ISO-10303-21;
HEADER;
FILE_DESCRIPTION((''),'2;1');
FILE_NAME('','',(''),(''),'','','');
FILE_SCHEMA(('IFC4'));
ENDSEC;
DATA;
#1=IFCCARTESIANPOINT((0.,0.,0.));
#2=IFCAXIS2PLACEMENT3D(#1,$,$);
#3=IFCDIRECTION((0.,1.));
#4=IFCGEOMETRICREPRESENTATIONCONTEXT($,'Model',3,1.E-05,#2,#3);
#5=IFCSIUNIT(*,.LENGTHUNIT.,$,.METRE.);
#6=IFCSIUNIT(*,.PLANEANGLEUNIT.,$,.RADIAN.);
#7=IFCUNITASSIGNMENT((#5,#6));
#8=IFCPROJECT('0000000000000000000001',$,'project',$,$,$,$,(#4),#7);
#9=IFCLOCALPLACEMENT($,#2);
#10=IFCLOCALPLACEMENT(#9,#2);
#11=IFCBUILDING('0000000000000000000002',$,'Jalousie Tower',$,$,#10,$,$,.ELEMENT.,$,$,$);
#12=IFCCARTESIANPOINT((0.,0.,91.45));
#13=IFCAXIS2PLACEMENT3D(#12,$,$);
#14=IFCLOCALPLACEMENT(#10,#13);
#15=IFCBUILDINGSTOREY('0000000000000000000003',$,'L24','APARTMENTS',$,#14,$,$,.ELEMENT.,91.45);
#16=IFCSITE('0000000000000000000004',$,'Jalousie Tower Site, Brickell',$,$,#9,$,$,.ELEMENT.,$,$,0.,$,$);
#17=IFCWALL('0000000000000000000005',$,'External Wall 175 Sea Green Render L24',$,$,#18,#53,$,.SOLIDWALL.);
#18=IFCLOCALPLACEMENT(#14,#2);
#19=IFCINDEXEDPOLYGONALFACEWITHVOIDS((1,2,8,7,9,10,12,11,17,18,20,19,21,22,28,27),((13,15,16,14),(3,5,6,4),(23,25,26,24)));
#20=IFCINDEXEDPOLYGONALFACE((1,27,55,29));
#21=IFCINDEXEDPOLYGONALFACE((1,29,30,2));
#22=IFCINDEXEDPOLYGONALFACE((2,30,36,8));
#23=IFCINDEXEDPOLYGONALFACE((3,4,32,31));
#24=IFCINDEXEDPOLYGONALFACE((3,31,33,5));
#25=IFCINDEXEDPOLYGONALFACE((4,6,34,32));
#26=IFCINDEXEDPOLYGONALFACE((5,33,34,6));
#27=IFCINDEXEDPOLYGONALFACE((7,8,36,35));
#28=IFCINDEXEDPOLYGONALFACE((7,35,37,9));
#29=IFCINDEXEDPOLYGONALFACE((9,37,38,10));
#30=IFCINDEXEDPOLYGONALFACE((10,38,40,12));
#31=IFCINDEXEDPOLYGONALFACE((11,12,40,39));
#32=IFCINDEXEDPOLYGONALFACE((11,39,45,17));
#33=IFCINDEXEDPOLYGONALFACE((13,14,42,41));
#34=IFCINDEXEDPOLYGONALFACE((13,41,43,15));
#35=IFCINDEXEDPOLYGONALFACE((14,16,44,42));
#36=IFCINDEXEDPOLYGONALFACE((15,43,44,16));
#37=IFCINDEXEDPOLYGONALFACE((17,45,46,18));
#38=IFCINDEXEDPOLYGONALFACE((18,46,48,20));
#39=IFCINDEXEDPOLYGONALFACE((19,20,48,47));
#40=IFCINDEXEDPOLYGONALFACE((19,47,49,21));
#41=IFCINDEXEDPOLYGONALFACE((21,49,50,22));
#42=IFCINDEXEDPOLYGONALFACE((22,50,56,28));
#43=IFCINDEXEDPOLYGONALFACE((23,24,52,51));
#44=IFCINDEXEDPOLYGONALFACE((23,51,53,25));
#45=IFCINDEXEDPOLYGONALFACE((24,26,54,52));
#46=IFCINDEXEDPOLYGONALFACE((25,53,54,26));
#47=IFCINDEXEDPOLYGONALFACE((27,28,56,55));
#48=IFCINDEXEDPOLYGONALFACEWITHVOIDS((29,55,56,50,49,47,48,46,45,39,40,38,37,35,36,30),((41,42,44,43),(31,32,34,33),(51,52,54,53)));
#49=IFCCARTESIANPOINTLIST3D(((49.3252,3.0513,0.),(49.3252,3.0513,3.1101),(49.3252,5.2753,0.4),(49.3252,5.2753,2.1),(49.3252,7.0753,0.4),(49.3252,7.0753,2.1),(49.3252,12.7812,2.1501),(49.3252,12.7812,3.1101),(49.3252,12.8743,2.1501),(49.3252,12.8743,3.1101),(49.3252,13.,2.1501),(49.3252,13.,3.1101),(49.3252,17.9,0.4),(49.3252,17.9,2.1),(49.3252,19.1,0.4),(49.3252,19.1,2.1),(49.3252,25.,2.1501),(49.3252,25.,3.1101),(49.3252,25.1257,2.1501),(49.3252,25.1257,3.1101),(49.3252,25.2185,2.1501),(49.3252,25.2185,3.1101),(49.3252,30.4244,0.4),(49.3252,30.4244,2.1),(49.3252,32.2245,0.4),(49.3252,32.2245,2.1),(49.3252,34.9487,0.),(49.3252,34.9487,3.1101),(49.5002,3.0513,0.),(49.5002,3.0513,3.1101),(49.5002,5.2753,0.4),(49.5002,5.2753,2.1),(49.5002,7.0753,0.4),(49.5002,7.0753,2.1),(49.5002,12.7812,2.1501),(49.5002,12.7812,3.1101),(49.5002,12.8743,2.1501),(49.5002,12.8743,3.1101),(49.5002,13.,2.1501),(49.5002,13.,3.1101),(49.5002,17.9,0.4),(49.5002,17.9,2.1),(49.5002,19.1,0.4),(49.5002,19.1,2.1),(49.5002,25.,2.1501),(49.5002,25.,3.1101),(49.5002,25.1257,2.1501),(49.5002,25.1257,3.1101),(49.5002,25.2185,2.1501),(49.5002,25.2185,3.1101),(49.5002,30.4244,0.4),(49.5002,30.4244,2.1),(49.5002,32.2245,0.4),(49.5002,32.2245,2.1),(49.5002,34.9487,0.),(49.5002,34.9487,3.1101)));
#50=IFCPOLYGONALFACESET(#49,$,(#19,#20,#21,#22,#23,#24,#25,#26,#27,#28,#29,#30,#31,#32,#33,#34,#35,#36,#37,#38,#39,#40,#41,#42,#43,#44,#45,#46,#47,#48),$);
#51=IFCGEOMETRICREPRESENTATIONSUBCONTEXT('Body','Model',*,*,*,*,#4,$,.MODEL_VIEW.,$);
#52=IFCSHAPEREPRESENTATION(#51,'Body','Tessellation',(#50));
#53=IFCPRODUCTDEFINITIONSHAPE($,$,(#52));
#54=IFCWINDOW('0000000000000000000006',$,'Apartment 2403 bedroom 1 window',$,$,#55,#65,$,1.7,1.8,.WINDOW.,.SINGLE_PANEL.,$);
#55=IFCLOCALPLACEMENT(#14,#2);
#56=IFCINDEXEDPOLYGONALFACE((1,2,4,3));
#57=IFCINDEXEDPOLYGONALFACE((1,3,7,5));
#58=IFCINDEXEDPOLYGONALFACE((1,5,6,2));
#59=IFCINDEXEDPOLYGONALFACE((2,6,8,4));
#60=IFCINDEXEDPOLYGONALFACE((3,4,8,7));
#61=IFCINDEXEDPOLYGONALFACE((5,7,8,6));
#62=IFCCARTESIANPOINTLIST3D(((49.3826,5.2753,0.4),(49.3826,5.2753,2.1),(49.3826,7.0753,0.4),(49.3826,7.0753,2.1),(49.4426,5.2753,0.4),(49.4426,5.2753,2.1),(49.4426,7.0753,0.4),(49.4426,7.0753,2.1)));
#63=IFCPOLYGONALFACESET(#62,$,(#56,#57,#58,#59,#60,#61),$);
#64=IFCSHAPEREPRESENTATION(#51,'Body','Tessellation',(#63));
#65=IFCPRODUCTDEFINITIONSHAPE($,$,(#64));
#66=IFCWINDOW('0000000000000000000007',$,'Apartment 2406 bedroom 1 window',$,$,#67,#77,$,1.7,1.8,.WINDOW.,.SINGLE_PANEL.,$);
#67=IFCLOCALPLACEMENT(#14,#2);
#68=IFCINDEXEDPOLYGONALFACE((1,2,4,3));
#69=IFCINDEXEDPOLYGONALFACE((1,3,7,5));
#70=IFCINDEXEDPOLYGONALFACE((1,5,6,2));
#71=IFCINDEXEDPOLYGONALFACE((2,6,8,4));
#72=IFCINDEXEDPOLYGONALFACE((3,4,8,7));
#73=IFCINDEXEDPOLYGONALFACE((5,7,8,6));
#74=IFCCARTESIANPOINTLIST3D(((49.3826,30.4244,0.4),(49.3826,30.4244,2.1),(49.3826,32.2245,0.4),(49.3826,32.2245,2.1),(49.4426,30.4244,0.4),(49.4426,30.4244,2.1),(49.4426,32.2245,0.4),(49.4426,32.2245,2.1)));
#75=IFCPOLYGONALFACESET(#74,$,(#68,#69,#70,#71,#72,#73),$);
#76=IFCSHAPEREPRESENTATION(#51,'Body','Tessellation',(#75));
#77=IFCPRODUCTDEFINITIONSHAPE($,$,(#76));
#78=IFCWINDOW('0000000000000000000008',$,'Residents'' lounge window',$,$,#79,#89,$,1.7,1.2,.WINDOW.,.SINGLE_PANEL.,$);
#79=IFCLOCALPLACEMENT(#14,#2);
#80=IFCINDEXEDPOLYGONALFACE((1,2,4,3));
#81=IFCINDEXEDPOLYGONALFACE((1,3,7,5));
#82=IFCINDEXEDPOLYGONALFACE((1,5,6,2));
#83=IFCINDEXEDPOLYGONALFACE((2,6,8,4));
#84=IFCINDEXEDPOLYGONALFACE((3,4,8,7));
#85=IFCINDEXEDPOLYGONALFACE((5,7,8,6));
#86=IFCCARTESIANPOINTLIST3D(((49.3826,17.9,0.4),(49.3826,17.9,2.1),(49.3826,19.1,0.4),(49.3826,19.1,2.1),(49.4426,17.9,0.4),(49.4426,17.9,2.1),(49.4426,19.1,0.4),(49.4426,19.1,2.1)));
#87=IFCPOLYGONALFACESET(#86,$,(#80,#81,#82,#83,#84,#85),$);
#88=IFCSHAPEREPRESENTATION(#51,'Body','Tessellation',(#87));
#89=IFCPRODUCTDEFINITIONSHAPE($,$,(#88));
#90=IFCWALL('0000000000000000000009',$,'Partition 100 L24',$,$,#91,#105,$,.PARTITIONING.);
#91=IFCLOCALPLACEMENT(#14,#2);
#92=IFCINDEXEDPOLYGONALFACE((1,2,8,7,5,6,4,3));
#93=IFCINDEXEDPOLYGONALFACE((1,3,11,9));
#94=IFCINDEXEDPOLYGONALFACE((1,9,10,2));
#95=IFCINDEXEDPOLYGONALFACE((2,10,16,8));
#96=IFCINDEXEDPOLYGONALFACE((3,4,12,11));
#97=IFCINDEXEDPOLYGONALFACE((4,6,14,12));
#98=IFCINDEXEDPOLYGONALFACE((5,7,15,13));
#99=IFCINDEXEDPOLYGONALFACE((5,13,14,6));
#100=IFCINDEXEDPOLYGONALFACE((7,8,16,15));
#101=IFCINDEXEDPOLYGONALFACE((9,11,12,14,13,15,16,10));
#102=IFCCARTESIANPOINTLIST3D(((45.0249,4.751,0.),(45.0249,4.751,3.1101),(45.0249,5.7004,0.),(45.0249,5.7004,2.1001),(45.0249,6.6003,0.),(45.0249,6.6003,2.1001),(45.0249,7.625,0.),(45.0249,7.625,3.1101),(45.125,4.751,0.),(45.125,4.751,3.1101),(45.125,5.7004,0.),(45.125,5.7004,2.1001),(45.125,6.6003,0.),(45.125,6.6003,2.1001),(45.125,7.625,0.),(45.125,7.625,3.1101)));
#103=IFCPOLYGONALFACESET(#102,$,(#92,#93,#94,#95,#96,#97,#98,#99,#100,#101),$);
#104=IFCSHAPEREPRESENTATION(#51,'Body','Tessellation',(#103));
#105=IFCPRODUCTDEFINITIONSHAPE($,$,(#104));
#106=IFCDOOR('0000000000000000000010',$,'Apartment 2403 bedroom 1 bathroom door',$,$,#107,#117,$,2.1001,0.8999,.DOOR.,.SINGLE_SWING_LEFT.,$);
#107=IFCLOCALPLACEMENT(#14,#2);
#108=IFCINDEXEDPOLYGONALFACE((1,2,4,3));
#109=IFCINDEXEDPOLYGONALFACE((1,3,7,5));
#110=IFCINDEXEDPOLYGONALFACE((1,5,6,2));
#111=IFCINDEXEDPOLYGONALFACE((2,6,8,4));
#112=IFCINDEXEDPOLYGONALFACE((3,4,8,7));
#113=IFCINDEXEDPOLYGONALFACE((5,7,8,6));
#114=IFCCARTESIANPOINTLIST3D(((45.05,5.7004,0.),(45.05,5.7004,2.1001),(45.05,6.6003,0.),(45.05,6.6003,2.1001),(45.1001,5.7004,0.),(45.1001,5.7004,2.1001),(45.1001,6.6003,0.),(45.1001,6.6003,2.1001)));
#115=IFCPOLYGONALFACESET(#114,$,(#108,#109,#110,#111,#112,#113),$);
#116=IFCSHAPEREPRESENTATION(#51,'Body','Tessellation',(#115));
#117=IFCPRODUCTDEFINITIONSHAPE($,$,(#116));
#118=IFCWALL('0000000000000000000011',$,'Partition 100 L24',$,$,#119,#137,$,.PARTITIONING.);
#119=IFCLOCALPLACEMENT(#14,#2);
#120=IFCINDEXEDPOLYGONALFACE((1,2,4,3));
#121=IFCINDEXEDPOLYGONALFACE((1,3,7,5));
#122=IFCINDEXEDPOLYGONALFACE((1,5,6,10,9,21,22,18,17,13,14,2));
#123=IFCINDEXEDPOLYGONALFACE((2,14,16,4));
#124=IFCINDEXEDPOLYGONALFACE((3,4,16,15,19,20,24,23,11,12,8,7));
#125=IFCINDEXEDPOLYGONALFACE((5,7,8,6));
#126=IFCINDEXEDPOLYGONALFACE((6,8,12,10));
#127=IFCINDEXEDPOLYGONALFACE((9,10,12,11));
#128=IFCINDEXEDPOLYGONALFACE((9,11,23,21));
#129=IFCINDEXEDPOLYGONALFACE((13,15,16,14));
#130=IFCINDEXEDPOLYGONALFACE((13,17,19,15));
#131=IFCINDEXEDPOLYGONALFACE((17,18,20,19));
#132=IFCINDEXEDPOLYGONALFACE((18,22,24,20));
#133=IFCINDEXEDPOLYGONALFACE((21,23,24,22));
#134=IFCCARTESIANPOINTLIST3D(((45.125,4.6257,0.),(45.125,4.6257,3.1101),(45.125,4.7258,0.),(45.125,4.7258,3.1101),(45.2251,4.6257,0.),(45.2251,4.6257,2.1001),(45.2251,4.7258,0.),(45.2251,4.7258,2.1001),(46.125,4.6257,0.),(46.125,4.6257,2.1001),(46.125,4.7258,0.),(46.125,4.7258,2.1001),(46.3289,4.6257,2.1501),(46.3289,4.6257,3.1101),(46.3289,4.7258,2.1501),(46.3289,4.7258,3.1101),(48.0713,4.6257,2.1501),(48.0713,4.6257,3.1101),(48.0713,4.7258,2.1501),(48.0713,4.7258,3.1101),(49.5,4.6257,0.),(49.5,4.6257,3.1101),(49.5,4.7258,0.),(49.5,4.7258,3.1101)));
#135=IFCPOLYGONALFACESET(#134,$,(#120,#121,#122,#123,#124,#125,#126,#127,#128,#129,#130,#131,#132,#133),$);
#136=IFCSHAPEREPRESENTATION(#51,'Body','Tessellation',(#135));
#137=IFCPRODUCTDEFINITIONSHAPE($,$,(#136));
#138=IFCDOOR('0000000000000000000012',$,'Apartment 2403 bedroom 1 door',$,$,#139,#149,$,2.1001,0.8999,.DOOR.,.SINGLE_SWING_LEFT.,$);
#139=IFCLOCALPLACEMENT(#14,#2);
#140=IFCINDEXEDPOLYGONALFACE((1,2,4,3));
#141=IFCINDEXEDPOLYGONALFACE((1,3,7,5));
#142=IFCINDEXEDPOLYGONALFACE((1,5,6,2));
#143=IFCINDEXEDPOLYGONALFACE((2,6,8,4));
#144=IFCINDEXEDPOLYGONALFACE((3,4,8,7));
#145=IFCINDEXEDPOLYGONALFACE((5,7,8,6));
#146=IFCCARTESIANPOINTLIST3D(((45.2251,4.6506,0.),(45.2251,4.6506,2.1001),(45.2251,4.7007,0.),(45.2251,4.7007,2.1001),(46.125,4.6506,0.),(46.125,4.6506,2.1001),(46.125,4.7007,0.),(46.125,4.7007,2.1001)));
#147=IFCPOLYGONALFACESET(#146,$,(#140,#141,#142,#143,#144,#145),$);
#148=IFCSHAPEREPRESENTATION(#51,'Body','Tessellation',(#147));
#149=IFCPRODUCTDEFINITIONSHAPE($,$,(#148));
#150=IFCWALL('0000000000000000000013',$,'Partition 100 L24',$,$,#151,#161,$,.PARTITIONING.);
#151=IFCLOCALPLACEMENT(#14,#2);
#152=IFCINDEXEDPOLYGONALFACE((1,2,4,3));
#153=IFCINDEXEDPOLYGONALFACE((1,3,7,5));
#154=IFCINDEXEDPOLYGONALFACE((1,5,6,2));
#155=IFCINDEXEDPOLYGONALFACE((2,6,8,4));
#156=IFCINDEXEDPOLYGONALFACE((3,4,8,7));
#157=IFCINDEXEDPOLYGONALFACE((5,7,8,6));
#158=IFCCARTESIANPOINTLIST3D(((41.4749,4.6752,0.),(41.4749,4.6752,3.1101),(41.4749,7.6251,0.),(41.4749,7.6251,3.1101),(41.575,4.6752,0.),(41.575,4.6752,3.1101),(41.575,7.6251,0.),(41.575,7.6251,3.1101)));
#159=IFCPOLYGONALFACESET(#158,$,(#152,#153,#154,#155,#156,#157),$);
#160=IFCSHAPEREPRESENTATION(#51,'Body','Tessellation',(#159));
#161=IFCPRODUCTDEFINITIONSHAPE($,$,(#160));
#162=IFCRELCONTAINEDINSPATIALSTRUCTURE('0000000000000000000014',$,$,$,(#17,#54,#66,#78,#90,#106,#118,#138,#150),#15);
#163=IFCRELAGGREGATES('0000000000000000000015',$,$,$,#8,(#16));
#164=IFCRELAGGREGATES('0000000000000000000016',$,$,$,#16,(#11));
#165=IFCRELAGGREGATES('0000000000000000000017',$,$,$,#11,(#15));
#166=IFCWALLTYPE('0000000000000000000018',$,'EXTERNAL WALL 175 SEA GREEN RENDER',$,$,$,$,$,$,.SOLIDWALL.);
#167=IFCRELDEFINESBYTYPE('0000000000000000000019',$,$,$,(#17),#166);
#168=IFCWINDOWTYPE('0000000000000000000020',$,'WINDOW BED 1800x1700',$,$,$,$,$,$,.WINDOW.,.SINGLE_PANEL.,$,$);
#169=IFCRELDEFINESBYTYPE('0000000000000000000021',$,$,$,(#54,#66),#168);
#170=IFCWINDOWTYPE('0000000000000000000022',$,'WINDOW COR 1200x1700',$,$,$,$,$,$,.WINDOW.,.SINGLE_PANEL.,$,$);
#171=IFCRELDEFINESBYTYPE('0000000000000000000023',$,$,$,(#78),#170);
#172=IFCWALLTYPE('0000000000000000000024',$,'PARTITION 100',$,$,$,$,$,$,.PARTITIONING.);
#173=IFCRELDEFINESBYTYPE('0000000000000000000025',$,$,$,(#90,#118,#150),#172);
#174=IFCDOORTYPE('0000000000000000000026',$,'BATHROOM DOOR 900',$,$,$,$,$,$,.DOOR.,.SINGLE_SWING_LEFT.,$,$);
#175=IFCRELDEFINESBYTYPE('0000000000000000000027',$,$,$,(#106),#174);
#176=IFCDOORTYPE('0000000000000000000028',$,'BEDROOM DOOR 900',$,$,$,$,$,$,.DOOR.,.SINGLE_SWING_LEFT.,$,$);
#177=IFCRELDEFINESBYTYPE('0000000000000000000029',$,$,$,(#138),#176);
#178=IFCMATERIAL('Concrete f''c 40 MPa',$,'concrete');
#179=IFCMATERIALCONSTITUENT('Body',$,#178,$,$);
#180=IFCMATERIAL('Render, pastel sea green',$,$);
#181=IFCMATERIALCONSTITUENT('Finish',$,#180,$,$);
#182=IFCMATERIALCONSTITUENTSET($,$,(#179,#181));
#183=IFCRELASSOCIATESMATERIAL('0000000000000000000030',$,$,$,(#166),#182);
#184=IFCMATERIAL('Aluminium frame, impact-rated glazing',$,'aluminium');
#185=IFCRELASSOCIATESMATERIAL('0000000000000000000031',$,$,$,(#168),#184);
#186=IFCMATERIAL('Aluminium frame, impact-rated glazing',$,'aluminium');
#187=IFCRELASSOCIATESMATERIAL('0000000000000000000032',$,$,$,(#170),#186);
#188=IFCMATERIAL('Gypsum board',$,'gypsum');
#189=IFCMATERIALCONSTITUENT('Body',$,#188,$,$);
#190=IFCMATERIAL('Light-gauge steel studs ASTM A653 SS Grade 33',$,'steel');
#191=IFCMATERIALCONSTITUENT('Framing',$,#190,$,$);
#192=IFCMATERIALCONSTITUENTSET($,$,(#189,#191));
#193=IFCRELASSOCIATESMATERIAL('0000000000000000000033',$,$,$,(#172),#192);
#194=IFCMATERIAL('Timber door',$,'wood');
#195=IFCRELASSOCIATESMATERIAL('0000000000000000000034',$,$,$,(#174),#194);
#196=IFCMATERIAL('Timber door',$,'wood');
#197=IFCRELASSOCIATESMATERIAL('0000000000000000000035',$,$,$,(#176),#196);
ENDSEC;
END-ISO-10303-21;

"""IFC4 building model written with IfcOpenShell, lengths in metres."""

from ifc_helpers import new_model, si_unit, direction, frame, frame_2d, origin, place, context, subcontext, project, spatial, polyline, rectangle, outline, extrude, material, constituent, constituent_set, type_object, element, fill, save


model = new_model("IFC4")

# Units and contexts
model_context = context("Model", 3, precision=1e-05, world=origin(), true_north=direction((0.0, 1.0)))
body_context = subcontext(model_context, "Body", "Model", "MODEL_VIEW")
ifc_project = project(units=[si_unit("LENGTHUNIT", "METRE"), si_unit("PLANEANGLEUNIT", "RADIAN")], contexts=[model_context])

# Site, building, storey
site_placement = place(None, origin())
site = spatial("IfcSite", under=ifc_project, at=site_placement, Name="Jalousie Tower Site, Brickell", CompositionType="ELEMENT", RefElevation=0.0)
building_placement = place(site_placement, origin())
building = spatial("IfcBuilding", under=site, at=building_placement, Name="Jalousie Tower", CompositionType="ELEMENT")
storey_placement = place(building_placement, frame((0.0, 0.0, 91.45)))
storey = spatial("IfcBuildingStorey", under=building, at=storey_placement, Name="L24", Description="APARTMENTS", CompositionType="ELEMENT", Elevation=91.45)

# Wall, openings, windows
ifc_material_1 = material(Name="Concrete f'c 40 MPa", Category="concrete")
ifc_constituent_1 = constituent(ifc_material_1, Name="Body")
ifc_material_2 = material(Name="Render, pastel sea green")
ifc_constituent_2 = constituent(ifc_material_2, Name="Finish")
ifc_constituent_set_1 = constituent_set(constituents=[ifc_constituent_1, ifc_constituent_2])
wall_type_1 = type_object("IfcWallType", Name="EXTERNAL WALL 175 SEA GREEN RENDER", PredefinedType="SOLIDWALL", material=ifc_constituent_set_1)
wall_1_placement = place(storey_placement, frame((49.4126, 3.0513, 0.0), z_axis=(0.0, 0.0, 1.0), x_axis=(0.0, 1.0, 0.0)))
wall_1 = element("IfcWall", 1, at=wall_1_placement, inside=storey, type_object=wall_type_1, Name="External Wall 175 Sea Green Render L24", PredefinedType="SOLIDWALL", context=body_context, shape_type="SweptSolid", body=[
    extrude(outline(polyline([(0.0, 0.0), (31.8975, 0.0), (31.8975, 3.1101), (22.1672, 3.1101), (22.1672, 2.1501), (22.0745, 2.1501), (22.0745, 3.1101), (21.9487, 3.1101), (21.9487, 2.1501), (9.9487, 2.1501), (9.9487, 3.1101), (9.823, 3.1101), (9.823, 2.1501), (9.73, 2.1501), (9.73, 3.1101), (0.0, 3.1101), (0.0, 0.0)])), frame((0.0, 0.0874, 0.0), z_axis=(0.0, -1.0, 0.0), x_axis=(1.0, 0.0, 0.0)), (0.0, 0.0, 1.0), 0.175),
])
opening_1_placement = place(wall_1_placement, frame((2.2241, 0.0, 0.3999)))
opening_1 = element("IfcOpeningElement", 2, at=opening_1_placement, cuts=wall_1, PredefinedType="OPENING", context=body_context, shape_type="SweptSolid", body=[
    extrude(rectangle(XDim=1.8, YDim=1.7, at=frame_2d((0.8999, 0.8501))), frame((0.0, 0.0974, 0.0), z_axis=(0.0, -1.0, 0.0), x_axis=(1.0, 0.0, 0.0)), (0.0, 0.0, 1.0), 0.1951),
])
opening_2_placement = place(wall_1_placement, frame((14.8486, 0.0, 0.3999)))
opening_2 = element("IfcOpeningElement", 3, at=opening_2_placement, cuts=wall_1, PredefinedType="OPENING", context=body_context, shape_type="SweptSolid", body=[
    extrude(rectangle(XDim=1.2, YDim=1.7, at=frame_2d((0.6001, 0.8501))), frame((0.0, 0.0974, 0.0), z_axis=(0.0, -1.0, 0.0), x_axis=(1.0, 0.0, 0.0)), (0.0, 0.0, 1.0), 0.1951),
])
opening_3_placement = place(wall_1_placement, frame((27.3733, 0.0, 0.3999)))
opening_3 = element("IfcOpeningElement", 4, at=opening_3_placement, cuts=wall_1, PredefinedType="OPENING", context=body_context, shape_type="SweptSolid", body=[
    extrude(rectangle(XDim=1.8, YDim=1.7, at=frame_2d((0.8999, 0.8501))), frame((0.0, 0.0974, 0.0), z_axis=(0.0, -1.0, 0.0), x_axis=(1.0, 0.0, 0.0)), (0.0, 0.0, 1.0), 0.1951),
])
ifc_material_3 = material(Name="Aluminium frame, impact-rated glazing", Category="aluminium")
window_type_1 = type_object("IfcWindowType", Name="WINDOW BED 1800x1700", PartitioningType="SINGLE_PANEL", PredefinedType="WINDOW", material=ifc_material_3)
window_1_placement = place(opening_1_placement, origin())
window_1 = element("IfcWindow", 5, at=window_1_placement, inside=storey, type_object=window_type_1, Name="Apartment 2403 bedroom 1 window", OverallHeight=1.7, OverallWidth=1.8, PartitioningType="SINGLE_PANEL", PredefinedType="WINDOW", context=body_context, shape_type="SweptSolid", body=[
    extrude(rectangle(XDim=1.8, YDim=1.7, at=frame_2d((0.8999, 0.8501))), frame((0.0, 0.03, 0.0), z_axis=(0.0, -1.0, 0.0), x_axis=(1.0, 0.0, 0.0)), (0.0, 0.0, 1.0), 0.0601),
])
fill(opening_1, window_1)
window_2_placement = place(opening_3_placement, origin())
window_2 = element("IfcWindow", 6, at=window_2_placement, inside=storey, type_object=window_type_1, Name="Apartment 2406 bedroom 1 window", OverallHeight=1.7, OverallWidth=1.8, PartitioningType="SINGLE_PANEL", PredefinedType="WINDOW", context=body_context, shape_type="SweptSolid", body=[
    extrude(rectangle(XDim=1.8, YDim=1.7, at=frame_2d((0.8999, 0.8501))), frame((0.0, 0.03, 0.0), z_axis=(0.0, -1.0, 0.0), x_axis=(1.0, 0.0, 0.0)), (0.0, 0.0, 1.0), 0.0601),
])
fill(opening_3, window_2)
ifc_material_4 = material(Name="Aluminium frame, impact-rated glazing", Category="aluminium")
window_type_2 = type_object("IfcWindowType", Name="WINDOW COR 1200x1700", PartitioningType="SINGLE_PANEL", PredefinedType="WINDOW", material=ifc_material_4)
window_3_placement = place(opening_2_placement, origin())
window_3 = element("IfcWindow", 7, at=window_3_placement, inside=storey, type_object=window_type_2, Name="Residents' lounge window", OverallHeight=1.7, OverallWidth=1.2, PartitioningType="SINGLE_PANEL", PredefinedType="WINDOW", context=body_context, shape_type="SweptSolid", body=[
    extrude(rectangle(XDim=1.2, YDim=1.7, at=frame_2d((0.6001, 0.8501))), frame((0.0, 0.03, 0.0), z_axis=(0.0, -1.0, 0.0), x_axis=(1.0, 0.0, 0.0)), (0.0, 0.0, 1.0), 0.0601),
])
fill(opening_2, window_3)

# Walls, openings, doors
ifc_material_5 = material(Name="Gypsum board", Category="gypsum")
ifc_constituent_3 = constituent(ifc_material_5, Name="Body")
ifc_material_6 = material(Name="Light-gauge steel studs ASTM A653 SS Grade 33", Category="steel")
ifc_constituent_4 = constituent(ifc_material_6, Name="Framing")
ifc_constituent_set_2 = constituent_set(constituents=[ifc_constituent_3, ifc_constituent_4])
wall_type_2 = type_object("IfcWallType", Name="PARTITION 100", PredefinedType="PARTITIONING", material=ifc_constituent_set_2)
wall_2_placement = place(storey_placement, frame((45.075, 4.751, 0.0), z_axis=(0.0, 0.0, 1.0), x_axis=(0.0, 1.0, 0.0)))
wall_2 = element("IfcWall", 8, at=wall_2_placement, inside=storey, type_object=wall_type_2, Name="Partition 100 L24", PredefinedType="PARTITIONING", context=body_context, shape_type="SweptSolid", body=[
    extrude(rectangle(XDim=2.874, YDim=0.1001, at=frame_2d((1.437, 0.0))), origin(), (0.0, 0.0, 1.0), 3.1101),
])
opening_4_placement = place(wall_2_placement, frame((0.9495, 0.0, 0.0)))
opening_4 = element("IfcOpeningElement", 9, at=opening_4_placement, cuts=wall_2, PredefinedType="OPENING", context=body_context, shape_type="SweptSolid", body=[
    extrude(rectangle(XDim=0.8999, YDim=2.1001, at=frame_2d((0.45, 1.05))), frame((0.0, 0.0601, 0.0), z_axis=(0.0, -1.0, 0.0), x_axis=(1.0, 0.0, 0.0)), (0.0, 0.0, 1.0), 0.1201),
])
ifc_material_7 = material(Name="Timber door", Category="wood")
door_type_1 = type_object("IfcDoorType", Name="BATHROOM DOOR 900", OperationType="SINGLE_SWING_LEFT", PredefinedType="DOOR", material=ifc_material_7)
door_1_placement = place(opening_4_placement, origin())
door_1 = element("IfcDoor", 10, at=door_1_placement, inside=storey, type_object=door_type_1, Name="Apartment 2403 bedroom 1 bathroom door", OperationType="SINGLE_SWING_LEFT", OverallHeight=2.1001, OverallWidth=0.8999, PredefinedType="DOOR", context=body_context, shape_type="SweptSolid", body=[
    extrude(rectangle(XDim=0.8999, YDim=2.1001, at=frame_2d((0.45, 1.05))), frame((0.0, 0.0249, 0.0), z_axis=(0.0, -1.0, 0.0), x_axis=(1.0, 0.0, 0.0)), (0.0, 0.0, 1.0), 0.05),
])
fill(opening_4, door_1)
wall_3_placement = place(storey_placement, frame((45.125, 4.6758, 0.0), z_axis=(0.0, 0.0, 1.0), x_axis=(1.0, 0.0, 0.0)))
wall_3 = element("IfcWall", 11, at=wall_3_placement, inside=storey, type_object=wall_type_2, Name="Partition 100 L24", PredefinedType="PARTITIONING", context=body_context, shape_type="SweptSolid", body=[
    extrude(outline(polyline([(0.0, 0.0), (4.375, 0.0), (4.375, 3.1101), (2.9463, 3.1101), (2.9463, 2.1501), (1.2039, 2.1501), (1.2039, 3.1101), (0.0, 3.1101), (0.0, 0.0)])), frame((0.0, 0.05, 0.0), z_axis=(0.0, -1.0, 0.0), x_axis=(1.0, 0.0, 0.0)), (0.0, 0.0, 1.0), 0.1001),
])
opening_5_placement = place(wall_3_placement, frame((0.1001, 0.0, 0.0)))
opening_5 = element("IfcOpeningElement", 12, at=opening_5_placement, cuts=wall_3, PredefinedType="OPENING", context=body_context, shape_type="SweptSolid", body=[
    extrude(rectangle(XDim=0.8999, YDim=2.1001, at=frame_2d((0.45, 1.05))), frame((0.0, 0.0601, 0.0), z_axis=(0.0, -1.0, 0.0), x_axis=(1.0, 0.0, 0.0)), (0.0, 0.0, 1.0), 0.1201),
])
ifc_material_8 = material(Name="Timber door", Category="wood")
door_type_2 = type_object("IfcDoorType", Name="BEDROOM DOOR 900", OperationType="SINGLE_SWING_LEFT", PredefinedType="DOOR", material=ifc_material_8)
door_2_placement = place(opening_5_placement, origin())
door_2 = element("IfcDoor", 13, at=door_2_placement, inside=storey, type_object=door_type_2, Name="Apartment 2403 bedroom 1 door", OperationType="SINGLE_SWING_LEFT", OverallHeight=2.1001, OverallWidth=0.8999, PredefinedType="DOOR", context=body_context, shape_type="SweptSolid", body=[
    extrude(rectangle(XDim=0.8999, YDim=2.1001, at=frame_2d((0.45, 1.05))), frame((0.0, 0.0249, 0.0), z_axis=(0.0, -1.0, 0.0), x_axis=(1.0, 0.0, 0.0)), (0.0, 0.0, 1.0), 0.05),
])
fill(opening_5, door_2)

# Wall
wall_4_placement = place(storey_placement, frame((41.5249, 4.675, 0.0), z_axis=(0.0, 0.0, 1.0), x_axis=(0.0, 1.0, 0.0)))
element("IfcWall", 14, at=wall_4_placement, inside=storey, type_object=wall_type_2, Name="Partition 100 L24", PredefinedType="PARTITIONING", context=body_context, shape_type="SweptSolid", body=[
    extrude(rectangle(XDim=2.95, YDim=0.1001, at=frame_2d((1.4751, 0.0))), origin(), (0.0, 0.0, 1.0), 3.1101),
])

save(model, "model.ifc")
